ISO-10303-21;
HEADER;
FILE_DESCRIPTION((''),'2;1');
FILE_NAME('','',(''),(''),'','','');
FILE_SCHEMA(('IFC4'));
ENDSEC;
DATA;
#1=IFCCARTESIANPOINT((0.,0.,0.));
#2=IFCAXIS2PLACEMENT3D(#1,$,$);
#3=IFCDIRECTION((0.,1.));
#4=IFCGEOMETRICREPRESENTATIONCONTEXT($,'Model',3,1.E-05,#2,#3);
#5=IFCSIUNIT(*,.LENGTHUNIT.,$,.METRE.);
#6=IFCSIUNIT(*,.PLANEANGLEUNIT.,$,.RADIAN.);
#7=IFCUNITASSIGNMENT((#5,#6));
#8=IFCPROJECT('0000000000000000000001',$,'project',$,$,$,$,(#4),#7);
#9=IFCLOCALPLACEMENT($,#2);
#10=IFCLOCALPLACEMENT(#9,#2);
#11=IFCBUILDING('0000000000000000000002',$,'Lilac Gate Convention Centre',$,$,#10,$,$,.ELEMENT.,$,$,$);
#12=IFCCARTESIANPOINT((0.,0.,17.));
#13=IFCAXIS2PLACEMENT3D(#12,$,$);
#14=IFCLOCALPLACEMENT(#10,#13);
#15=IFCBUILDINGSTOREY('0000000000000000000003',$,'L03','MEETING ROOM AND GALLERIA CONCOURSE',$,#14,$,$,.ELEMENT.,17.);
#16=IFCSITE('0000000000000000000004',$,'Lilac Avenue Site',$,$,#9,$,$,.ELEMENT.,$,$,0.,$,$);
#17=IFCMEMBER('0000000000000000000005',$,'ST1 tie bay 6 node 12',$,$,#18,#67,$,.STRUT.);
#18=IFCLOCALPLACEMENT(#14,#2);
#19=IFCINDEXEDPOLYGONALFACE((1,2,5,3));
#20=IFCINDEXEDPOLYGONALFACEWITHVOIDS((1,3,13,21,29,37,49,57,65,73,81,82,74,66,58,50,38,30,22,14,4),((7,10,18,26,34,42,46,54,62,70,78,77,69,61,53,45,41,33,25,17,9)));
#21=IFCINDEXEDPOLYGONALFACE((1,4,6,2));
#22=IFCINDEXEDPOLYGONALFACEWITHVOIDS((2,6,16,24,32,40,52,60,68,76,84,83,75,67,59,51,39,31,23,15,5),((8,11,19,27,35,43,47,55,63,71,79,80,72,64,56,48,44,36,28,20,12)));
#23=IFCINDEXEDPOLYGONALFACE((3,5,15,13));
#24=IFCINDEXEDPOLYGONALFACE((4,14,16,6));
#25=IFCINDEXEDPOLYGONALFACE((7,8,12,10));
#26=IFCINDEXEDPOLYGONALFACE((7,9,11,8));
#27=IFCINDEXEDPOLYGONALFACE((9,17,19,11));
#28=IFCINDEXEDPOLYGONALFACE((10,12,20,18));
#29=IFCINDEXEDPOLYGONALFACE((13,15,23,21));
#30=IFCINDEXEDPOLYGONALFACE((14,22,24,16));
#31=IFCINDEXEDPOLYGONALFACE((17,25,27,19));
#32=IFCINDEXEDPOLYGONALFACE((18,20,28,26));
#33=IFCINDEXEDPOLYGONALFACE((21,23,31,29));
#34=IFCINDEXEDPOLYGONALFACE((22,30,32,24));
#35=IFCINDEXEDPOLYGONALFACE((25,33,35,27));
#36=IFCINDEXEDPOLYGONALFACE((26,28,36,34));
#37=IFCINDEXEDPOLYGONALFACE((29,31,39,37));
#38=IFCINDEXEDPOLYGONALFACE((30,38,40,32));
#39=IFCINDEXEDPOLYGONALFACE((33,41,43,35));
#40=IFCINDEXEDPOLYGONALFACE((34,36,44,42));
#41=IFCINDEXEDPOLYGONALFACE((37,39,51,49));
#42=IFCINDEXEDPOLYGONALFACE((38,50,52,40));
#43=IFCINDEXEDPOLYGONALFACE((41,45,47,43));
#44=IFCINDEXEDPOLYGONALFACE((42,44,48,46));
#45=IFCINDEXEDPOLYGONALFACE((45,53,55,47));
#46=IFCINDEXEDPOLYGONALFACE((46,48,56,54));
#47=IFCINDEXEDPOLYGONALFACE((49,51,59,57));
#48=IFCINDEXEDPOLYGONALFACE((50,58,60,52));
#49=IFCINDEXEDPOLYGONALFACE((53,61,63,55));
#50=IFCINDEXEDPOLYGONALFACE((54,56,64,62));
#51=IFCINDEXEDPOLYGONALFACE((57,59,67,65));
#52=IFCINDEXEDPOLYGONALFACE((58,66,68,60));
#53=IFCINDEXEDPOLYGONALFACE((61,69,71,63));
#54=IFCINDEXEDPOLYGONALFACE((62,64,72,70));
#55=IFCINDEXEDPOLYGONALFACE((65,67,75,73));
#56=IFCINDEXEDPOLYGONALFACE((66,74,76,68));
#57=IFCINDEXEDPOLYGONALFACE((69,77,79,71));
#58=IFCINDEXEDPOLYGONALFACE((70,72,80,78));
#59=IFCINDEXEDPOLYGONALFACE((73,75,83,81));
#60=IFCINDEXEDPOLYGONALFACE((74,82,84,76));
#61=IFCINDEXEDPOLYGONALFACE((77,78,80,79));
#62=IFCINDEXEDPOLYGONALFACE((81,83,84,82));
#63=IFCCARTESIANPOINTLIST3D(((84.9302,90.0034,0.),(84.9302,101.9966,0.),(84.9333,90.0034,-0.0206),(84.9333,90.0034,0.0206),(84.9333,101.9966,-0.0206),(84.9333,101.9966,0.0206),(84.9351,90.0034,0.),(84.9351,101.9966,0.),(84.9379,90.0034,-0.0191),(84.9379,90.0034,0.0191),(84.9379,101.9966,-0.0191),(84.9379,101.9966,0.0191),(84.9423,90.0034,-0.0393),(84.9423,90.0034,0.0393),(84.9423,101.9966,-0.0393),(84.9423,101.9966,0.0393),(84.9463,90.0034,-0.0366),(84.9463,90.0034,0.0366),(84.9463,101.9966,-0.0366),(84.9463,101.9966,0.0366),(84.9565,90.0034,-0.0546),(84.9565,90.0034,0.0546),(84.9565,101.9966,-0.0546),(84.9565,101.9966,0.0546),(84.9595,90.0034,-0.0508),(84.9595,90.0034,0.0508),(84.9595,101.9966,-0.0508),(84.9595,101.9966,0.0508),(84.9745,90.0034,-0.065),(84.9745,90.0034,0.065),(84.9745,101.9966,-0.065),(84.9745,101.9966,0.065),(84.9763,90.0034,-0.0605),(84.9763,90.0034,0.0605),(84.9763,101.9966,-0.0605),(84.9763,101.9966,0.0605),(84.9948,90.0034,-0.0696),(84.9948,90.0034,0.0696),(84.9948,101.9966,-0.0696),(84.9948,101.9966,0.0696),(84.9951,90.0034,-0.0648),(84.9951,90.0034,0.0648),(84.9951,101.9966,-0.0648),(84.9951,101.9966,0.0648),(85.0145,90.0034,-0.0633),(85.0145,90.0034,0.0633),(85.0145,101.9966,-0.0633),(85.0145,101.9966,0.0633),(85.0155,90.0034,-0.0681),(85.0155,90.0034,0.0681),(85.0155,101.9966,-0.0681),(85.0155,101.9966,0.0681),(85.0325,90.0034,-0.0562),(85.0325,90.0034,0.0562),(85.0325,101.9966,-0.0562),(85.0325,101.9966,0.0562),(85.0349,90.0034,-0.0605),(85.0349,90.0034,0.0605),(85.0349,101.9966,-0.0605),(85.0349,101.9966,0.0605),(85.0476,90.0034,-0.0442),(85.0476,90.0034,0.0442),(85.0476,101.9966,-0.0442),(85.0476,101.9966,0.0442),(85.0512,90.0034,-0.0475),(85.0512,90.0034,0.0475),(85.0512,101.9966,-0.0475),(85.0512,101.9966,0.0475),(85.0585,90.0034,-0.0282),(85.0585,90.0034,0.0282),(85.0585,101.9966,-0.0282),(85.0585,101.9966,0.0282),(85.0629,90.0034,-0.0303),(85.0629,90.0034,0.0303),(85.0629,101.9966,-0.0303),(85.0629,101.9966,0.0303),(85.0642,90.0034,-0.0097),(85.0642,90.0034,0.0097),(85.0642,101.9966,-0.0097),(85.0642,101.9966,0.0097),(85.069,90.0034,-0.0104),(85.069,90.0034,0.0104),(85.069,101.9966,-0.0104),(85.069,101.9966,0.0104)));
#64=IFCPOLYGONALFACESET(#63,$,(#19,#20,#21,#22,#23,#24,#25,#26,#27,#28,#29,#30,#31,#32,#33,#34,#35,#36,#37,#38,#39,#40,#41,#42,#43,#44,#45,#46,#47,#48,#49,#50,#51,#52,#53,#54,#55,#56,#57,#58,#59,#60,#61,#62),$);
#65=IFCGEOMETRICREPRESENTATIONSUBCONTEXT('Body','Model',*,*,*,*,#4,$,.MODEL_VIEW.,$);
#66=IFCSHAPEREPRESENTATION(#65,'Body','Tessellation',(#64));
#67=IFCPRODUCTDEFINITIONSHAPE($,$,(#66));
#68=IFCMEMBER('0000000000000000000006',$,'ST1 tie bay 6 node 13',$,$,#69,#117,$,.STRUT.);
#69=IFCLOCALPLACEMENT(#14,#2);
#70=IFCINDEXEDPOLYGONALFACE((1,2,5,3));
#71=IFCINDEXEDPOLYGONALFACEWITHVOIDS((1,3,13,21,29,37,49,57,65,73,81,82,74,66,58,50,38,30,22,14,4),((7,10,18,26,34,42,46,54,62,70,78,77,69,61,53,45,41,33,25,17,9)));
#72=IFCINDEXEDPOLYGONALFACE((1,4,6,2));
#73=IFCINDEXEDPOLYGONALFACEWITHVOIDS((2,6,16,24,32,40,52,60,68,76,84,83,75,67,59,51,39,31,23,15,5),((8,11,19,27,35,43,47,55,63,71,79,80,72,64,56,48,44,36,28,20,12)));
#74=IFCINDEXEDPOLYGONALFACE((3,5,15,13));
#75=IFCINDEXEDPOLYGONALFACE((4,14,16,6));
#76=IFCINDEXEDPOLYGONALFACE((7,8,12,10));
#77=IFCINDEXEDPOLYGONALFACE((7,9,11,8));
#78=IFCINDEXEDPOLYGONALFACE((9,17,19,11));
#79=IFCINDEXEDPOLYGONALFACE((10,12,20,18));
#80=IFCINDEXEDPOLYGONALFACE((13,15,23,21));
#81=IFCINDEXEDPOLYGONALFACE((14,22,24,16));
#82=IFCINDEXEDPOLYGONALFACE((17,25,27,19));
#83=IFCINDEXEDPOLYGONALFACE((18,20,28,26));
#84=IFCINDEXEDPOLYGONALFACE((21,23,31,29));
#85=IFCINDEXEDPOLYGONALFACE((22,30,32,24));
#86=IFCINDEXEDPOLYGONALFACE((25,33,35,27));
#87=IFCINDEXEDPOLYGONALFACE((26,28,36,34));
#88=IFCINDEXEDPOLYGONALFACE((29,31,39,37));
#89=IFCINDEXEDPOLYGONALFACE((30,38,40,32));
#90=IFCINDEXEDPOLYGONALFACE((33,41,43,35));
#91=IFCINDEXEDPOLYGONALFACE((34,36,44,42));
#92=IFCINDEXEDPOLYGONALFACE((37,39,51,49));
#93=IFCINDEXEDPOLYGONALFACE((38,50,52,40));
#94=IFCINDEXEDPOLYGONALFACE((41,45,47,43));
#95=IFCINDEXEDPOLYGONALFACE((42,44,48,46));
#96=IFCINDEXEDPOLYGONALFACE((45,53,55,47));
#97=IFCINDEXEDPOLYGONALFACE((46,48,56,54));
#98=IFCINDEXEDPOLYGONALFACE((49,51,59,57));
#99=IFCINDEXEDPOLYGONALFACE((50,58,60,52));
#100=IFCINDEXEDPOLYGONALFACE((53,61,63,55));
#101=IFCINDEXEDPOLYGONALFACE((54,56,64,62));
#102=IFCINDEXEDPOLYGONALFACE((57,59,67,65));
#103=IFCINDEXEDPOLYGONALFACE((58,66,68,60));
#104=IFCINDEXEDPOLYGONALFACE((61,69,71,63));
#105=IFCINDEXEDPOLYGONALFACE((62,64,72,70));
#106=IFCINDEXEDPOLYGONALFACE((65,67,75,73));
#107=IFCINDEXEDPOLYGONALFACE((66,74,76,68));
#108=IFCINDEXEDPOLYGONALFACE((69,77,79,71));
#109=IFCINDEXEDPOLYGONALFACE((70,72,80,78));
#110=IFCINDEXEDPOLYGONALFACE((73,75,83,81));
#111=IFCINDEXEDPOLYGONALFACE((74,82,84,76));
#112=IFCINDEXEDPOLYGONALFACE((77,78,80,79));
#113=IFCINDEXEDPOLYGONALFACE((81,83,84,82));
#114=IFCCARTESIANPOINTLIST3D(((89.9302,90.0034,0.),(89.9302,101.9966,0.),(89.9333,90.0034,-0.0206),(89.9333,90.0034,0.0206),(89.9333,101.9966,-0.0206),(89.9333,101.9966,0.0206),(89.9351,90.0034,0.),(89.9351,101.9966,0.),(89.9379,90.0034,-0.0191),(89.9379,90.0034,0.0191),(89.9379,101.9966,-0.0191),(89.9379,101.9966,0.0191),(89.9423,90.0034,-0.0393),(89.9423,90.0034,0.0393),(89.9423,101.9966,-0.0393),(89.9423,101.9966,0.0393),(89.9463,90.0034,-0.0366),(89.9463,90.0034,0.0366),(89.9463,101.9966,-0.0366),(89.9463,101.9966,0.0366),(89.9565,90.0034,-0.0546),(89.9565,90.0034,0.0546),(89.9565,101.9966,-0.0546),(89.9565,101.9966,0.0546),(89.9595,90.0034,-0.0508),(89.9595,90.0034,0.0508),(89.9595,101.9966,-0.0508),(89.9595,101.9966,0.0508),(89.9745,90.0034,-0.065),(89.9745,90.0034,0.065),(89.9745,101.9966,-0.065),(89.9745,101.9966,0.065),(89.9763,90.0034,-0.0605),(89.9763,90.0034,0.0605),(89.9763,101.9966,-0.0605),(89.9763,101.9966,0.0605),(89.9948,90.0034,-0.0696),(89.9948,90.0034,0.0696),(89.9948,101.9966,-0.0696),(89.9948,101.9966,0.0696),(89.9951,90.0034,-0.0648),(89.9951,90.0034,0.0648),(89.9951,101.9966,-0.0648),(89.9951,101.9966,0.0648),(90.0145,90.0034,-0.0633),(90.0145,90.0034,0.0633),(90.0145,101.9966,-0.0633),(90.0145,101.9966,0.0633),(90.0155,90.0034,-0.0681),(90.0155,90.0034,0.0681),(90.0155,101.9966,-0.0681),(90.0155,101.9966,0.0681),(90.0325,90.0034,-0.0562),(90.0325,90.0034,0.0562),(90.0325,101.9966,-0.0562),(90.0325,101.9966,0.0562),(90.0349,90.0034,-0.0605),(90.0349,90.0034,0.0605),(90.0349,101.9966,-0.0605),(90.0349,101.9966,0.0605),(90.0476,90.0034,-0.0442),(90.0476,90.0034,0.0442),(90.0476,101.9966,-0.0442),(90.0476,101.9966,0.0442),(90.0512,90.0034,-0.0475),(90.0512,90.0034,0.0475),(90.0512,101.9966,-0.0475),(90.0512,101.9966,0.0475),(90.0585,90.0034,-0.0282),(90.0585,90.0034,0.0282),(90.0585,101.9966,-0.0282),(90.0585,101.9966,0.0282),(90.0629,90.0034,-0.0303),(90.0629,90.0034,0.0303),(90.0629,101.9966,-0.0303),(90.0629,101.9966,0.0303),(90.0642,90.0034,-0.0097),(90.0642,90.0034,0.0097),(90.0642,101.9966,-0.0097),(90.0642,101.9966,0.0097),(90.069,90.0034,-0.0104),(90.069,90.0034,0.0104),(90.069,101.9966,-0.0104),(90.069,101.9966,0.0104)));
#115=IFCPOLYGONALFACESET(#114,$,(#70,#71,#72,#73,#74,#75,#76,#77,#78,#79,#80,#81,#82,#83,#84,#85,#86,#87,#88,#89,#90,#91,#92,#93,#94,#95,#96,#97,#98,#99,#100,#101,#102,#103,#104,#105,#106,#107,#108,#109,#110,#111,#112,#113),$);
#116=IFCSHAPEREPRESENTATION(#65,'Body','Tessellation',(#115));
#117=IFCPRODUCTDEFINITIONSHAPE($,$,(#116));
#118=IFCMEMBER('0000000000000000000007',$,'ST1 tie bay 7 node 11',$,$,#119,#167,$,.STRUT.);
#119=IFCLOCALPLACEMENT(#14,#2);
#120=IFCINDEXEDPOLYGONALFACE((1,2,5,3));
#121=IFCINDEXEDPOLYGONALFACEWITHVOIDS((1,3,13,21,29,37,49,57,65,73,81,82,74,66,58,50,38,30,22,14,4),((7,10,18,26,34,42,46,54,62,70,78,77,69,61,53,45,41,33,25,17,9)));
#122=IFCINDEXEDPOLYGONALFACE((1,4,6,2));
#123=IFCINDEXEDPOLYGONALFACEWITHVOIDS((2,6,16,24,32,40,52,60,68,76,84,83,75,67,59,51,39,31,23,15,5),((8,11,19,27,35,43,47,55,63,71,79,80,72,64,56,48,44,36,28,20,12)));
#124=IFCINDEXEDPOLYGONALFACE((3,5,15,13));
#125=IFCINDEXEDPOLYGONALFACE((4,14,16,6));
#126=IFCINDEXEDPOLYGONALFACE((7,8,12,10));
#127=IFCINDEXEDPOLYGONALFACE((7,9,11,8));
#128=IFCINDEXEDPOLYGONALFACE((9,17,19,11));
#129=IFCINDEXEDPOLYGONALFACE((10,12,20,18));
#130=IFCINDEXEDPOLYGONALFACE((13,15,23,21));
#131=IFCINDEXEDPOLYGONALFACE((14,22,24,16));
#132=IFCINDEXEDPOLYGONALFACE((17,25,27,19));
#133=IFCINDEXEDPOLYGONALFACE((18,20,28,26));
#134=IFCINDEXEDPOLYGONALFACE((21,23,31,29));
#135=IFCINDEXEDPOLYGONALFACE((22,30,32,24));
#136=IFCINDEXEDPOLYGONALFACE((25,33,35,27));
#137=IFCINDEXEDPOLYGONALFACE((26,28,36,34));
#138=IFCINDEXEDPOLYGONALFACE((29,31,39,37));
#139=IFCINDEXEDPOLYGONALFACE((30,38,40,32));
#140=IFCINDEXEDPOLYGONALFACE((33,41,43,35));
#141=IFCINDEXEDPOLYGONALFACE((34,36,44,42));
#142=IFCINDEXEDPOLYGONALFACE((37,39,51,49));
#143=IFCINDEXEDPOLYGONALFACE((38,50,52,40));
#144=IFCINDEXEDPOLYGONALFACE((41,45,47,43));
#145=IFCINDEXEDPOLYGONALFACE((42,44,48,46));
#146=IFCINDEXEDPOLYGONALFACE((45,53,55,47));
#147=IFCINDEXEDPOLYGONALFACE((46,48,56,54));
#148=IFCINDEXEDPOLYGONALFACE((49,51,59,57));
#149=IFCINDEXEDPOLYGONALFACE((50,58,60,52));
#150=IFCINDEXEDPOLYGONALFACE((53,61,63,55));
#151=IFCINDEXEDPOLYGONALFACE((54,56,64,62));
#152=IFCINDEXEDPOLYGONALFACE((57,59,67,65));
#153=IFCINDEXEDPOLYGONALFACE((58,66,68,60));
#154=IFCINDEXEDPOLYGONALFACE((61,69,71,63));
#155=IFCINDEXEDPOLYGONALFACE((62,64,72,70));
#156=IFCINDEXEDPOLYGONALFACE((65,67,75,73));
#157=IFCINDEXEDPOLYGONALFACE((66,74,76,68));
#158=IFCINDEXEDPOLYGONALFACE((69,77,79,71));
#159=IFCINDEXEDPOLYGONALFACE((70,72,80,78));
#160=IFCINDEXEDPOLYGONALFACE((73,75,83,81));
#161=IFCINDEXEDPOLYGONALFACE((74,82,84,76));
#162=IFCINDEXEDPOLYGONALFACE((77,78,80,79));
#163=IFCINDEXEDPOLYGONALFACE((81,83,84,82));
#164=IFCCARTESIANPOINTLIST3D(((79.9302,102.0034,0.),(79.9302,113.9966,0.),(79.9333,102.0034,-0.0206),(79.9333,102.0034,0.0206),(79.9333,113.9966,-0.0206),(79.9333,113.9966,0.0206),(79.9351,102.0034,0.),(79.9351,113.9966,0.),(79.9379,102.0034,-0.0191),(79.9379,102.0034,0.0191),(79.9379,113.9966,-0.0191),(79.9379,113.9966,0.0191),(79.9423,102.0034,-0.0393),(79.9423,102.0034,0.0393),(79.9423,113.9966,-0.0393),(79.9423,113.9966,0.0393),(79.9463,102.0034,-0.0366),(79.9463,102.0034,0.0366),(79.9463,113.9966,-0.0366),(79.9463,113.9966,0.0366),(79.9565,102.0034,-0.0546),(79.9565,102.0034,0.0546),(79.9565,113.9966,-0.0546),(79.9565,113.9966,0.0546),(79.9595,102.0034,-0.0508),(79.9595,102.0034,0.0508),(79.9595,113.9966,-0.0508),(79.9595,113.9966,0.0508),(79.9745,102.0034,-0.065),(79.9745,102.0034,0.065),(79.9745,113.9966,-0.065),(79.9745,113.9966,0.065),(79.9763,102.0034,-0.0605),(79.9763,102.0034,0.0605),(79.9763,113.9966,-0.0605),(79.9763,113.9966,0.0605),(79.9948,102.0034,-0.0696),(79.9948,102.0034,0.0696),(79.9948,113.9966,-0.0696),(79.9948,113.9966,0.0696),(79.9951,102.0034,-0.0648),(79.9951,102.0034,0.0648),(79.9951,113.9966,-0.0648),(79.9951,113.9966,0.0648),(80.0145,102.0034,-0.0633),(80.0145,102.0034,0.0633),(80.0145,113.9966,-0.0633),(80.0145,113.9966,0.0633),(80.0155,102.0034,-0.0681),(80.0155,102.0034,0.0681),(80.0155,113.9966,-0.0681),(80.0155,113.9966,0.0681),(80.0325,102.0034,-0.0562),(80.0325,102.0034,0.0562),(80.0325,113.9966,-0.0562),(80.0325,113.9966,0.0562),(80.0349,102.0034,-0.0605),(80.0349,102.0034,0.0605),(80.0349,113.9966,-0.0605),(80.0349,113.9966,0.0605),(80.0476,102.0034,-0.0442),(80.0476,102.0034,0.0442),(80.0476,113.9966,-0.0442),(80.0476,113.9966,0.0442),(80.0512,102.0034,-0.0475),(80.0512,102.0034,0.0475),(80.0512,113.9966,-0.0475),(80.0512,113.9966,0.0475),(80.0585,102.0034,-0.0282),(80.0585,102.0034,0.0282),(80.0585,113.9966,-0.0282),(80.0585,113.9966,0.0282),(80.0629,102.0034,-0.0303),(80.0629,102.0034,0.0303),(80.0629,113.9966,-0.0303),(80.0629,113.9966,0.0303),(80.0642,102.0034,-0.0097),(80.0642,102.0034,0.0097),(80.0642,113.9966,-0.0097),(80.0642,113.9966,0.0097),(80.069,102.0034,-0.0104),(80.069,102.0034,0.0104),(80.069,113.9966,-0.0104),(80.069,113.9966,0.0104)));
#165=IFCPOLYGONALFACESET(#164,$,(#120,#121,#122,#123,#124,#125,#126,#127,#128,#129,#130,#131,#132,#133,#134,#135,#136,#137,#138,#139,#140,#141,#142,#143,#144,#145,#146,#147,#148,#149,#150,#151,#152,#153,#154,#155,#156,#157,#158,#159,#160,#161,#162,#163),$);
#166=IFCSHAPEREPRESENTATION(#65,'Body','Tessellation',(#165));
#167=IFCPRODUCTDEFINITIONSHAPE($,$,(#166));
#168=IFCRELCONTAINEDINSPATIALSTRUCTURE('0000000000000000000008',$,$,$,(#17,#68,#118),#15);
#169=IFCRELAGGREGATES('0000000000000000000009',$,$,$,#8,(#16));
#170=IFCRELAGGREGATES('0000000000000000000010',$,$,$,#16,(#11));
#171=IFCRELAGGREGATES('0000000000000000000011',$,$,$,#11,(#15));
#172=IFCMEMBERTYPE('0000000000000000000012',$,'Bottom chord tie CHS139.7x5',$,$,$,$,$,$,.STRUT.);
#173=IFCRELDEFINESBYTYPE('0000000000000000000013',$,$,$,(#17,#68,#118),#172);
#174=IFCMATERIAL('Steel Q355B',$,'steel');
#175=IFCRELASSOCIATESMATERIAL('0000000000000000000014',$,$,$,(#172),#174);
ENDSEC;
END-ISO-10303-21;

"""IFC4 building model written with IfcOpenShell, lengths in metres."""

from ifc_helpers import new_model, si_unit, direction, frame, origin, origin_2d, place, context, subcontext, project, spatial, hollow_circle, extrude, material, material_profile, profile_set, type_object, element, save


model = new_model("IFC4")

# Units and contexts
model_context = context("Model", 3, precision=1e-05, world=origin(), true_north=direction((0.0, 1.0)))
body_context = subcontext(model_context, "Body", "Model", "MODEL_VIEW")
ifc_project = project(units=[si_unit("LENGTHUNIT", "METRE"), si_unit("PLANEANGLEUNIT", "RADIAN")], contexts=[model_context])

# Site, building, storey
site_placement = place(None, origin())
site = spatial("IfcSite", under=ifc_project, at=site_placement, Name="Lilac Avenue Site", CompositionType="ELEMENT", RefElevation=0.0)
building_placement = place(site_placement, origin())
building = spatial("IfcBuilding", under=site, at=building_placement, Name="Lilac Gate Convention Centre", CompositionType="ELEMENT")
storey_placement = place(building_placement, frame((0.0, 0.0, 17.0)))
storey = spatial("IfcBuildingStorey", under=building, at=storey_placement, Name="L03", Description="MEETING ROOM AND GALLERIA CONCOURSE", CompositionType="ELEMENT", Elevation=17.0)

# Members
ifc_material_1 = material(Name="Steel Q355B", Category="steel")
ifc_material_profile_1 = material_profile(ifc_material_1, hollow_circle(Radius=0.0698, WallThickness=0.0049, at=origin_2d()), Name="CHS139.7x5")
ifc_profile_set_1 = profile_set([ifc_material_profile_1], Name="Steel Q355B")
member_type_1 = type_object("IfcMemberType", Name="Bottom chord tie CHS139.7x5", PredefinedType="STRUT", material=ifc_profile_set_1)
for number, where, z_axis, x_axis, name in (
    (1, (85.0, 90.0034, 0.0), (0.0, 1.0, 0.0), (-1.0, 0.0, 0.0), "ST1 tie bay 6 node 12"),
    (2, (90.0, 90.0034, 0.0), (0.0, 1.0, 0.0), (-1.0, 0.0, 0.0), "ST1 tie bay 6 node 13"),
    (3, (80.0, 102.0034, 0.0), (0.0, 1.0, 0.0), (-1.0, 0.0, 0.0), "ST1 tie bay 7 node 11"),
):
    element("IfcMember", number, at=place(storey_placement, frame(where, z_axis=z_axis, x_axis=x_axis)), inside=storey, type_object=member_type_1, Name=name, PredefinedType="STRUT", context=body_context, shape_type="SweptSolid", body=[
        extrude(hollow_circle(Radius=0.0698, WallThickness=0.0049, at=origin_2d()), origin(), (0.0, 0.0, 1.0), 11.9932),
    ])

save(model, "model.ifc")
